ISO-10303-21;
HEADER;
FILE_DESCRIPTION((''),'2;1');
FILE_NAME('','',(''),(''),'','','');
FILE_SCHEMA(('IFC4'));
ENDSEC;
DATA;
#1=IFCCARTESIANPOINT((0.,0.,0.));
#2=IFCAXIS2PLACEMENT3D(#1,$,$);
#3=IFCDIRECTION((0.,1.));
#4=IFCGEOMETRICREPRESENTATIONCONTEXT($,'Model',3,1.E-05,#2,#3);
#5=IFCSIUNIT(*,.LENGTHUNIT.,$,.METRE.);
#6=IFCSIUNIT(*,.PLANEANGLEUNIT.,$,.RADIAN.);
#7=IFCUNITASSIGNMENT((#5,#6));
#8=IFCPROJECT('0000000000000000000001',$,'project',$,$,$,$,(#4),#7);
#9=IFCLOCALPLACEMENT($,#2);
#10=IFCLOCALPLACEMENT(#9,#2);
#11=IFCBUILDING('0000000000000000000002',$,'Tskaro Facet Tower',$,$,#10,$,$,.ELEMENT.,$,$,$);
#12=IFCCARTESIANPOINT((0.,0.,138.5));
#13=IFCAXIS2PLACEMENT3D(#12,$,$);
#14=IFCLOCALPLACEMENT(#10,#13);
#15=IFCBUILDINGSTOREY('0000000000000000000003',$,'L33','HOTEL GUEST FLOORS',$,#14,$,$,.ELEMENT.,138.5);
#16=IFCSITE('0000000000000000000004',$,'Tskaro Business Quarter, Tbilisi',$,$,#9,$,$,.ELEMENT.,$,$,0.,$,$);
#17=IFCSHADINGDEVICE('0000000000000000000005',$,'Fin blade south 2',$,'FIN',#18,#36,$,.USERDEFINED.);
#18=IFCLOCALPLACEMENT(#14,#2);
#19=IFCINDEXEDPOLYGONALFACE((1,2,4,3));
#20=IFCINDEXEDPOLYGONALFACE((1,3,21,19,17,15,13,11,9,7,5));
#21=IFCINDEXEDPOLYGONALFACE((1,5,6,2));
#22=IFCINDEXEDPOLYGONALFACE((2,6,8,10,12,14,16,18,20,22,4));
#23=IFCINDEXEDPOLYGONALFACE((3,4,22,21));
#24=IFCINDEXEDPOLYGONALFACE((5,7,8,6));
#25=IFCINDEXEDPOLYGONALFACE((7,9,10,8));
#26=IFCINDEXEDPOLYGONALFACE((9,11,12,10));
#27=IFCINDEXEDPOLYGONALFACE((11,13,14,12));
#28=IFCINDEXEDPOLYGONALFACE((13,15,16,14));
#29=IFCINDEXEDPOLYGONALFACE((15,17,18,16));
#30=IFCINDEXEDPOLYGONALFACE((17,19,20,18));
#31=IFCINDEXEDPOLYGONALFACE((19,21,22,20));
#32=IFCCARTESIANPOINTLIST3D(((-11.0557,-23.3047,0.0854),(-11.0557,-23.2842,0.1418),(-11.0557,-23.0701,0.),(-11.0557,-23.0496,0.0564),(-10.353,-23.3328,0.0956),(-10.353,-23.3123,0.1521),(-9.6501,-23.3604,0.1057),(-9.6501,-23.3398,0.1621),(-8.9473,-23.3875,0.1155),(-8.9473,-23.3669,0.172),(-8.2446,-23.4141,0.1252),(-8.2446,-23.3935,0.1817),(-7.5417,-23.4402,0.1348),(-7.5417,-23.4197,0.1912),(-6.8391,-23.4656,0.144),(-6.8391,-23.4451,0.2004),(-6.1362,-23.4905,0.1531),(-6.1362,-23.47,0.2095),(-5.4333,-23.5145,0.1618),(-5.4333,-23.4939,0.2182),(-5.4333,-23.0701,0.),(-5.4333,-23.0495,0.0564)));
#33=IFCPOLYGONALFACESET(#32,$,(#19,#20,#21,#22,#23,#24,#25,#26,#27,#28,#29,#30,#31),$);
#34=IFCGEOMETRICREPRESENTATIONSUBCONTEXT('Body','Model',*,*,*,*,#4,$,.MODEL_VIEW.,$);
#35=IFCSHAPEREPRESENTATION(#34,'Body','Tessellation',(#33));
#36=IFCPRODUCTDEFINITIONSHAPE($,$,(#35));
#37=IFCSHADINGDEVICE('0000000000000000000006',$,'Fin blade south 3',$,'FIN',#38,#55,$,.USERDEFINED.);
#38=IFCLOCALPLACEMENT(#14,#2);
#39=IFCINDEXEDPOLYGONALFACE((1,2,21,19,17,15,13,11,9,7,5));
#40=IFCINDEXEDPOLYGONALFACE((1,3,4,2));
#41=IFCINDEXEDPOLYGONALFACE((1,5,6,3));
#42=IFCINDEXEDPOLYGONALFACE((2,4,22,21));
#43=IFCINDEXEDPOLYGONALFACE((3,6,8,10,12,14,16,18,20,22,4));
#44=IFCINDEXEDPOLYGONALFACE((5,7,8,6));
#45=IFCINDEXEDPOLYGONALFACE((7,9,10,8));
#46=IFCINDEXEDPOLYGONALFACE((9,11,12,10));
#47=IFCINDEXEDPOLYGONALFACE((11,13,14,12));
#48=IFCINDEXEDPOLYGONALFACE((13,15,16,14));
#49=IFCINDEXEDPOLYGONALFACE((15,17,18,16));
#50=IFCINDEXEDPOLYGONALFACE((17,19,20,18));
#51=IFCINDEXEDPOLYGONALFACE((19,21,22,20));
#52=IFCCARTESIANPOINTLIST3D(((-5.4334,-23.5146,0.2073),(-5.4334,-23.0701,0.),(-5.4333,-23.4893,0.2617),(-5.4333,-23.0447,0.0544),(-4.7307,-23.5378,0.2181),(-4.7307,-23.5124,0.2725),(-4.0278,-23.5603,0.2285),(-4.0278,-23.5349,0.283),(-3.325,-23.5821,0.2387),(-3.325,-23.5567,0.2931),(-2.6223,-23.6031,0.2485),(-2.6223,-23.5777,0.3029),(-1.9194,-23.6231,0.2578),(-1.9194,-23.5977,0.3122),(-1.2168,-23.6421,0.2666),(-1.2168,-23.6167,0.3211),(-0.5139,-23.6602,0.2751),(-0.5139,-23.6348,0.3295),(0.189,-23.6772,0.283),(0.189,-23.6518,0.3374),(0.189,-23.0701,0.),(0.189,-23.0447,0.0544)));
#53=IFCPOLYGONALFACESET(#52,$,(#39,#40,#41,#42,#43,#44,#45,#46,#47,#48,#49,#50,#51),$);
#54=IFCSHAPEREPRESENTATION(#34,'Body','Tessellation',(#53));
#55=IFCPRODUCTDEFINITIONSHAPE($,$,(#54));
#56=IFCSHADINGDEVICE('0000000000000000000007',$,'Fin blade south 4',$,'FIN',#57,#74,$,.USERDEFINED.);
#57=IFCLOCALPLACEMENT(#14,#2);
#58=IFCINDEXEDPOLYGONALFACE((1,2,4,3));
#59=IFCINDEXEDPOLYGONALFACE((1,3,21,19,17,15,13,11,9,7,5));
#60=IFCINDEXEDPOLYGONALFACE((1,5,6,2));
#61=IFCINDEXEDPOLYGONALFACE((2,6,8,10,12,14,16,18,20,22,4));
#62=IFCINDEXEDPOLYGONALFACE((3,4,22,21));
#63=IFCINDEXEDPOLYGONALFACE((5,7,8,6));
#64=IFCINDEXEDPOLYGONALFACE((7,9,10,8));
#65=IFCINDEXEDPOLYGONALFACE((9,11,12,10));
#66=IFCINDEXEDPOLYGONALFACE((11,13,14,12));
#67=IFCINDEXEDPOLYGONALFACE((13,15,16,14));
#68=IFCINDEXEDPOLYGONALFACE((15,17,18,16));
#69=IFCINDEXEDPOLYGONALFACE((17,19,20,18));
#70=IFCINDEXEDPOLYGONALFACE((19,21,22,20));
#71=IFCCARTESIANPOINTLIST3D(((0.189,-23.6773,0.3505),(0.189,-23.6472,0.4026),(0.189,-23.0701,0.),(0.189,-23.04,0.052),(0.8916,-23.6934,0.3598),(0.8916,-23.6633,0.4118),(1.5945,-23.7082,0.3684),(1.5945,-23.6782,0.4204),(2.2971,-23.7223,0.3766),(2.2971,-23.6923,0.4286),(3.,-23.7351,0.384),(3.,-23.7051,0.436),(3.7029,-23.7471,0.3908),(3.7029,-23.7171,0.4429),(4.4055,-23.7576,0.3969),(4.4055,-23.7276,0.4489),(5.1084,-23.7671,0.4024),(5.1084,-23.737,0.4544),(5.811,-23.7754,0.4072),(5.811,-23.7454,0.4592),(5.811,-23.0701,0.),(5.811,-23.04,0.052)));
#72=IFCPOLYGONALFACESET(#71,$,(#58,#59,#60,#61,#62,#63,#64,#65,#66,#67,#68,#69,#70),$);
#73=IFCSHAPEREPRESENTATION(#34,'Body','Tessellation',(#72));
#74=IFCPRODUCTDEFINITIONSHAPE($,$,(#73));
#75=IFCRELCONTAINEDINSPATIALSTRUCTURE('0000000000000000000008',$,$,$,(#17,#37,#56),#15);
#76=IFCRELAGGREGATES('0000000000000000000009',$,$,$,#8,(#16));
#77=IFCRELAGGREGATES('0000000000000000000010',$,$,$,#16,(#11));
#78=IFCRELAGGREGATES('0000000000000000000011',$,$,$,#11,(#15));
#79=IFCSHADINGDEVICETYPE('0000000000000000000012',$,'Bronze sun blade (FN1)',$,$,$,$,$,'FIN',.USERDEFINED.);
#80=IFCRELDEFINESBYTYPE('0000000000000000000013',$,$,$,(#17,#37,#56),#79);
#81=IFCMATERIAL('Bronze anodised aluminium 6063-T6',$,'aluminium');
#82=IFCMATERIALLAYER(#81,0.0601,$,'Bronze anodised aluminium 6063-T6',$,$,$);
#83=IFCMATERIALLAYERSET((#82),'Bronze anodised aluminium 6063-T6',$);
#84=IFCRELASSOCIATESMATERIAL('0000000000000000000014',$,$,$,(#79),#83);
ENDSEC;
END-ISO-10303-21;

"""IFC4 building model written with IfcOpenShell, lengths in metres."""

from ifc_helpers import new_model, si_unit, direction, frame, origin, place, context, subcontext, project, spatial, polyline, outline, extrude, material, layer, layer_set, type_object, element, save


model = new_model("IFC4")

# Units and contexts
model_context = context("Model", 3, precision=1e-05, world=origin(), true_north=direction((0.0, 1.0)))
body_context = subcontext(model_context, "Body", "Model", "MODEL_VIEW")
ifc_project = project(units=[si_unit("LENGTHUNIT", "METRE"), si_unit("PLANEANGLEUNIT", "RADIAN")], contexts=[model_context])

# Site, building, storey
site_placement = place(None, origin())
site = spatial("IfcSite", under=ifc_project, at=site_placement, Name="Tskaro Business Quarter, Tbilisi", CompositionType="ELEMENT", RefElevation=0.0)
building_placement = place(site_placement, origin())
building = spatial("IfcBuilding", under=site, at=building_placement, Name="Tskaro Facet Tower", CompositionType="ELEMENT")
storey_placement = place(building_placement, frame((0.0, 0.0, 138.5)))
storey = spatial("IfcBuildingStorey", under=building, at=storey_placement, Name="L33", Description="HOTEL GUEST FLOORS", CompositionType="ELEMENT", Elevation=138.5)

# Shared definitions
ifc_material_1 = material(Name="Bronze anodised aluminium 6063-T6", Category="aluminium")

# Shading devices
ifc_layer_1 = layer(ifc_material_1, 0.0601, Name="Bronze anodised aluminium 6063-T6")
ifc_layer_set_1 = layer_set([ifc_layer_1], Name="Bronze anodised aluminium 6063-T6")
shading_device_type = type_object("IfcShadingDeviceType", Name="Bronze sun blade (FN1)", ElementType="FIN", PredefinedType="USERDEFINED", material=ifc_layer_set_1)
shading_device_1_placement = place(storey_placement, frame((-11.0557, -23.0496, 0.0564), z_axis=(-0.000006, 0.342156, 0.939643), x_axis=(1.0, 0.000002, 0.000006)))
element("IfcShadingDevice", 1, at=shading_device_1_placement, inside=storey, type_object=shading_device_type, Name="Fin blade south 2", ObjectType="FIN", PredefinedType="USERDEFINED", context=body_context, shape_type="SweptSolid", body=[
    extrude(outline(polyline([(0.0, 0.0), (5.6223, 0.0), (5.6223, -0.4729), (4.9194, -0.4474), (4.2166, -0.4209), (3.5139, -0.3939), (2.811, -0.3661), (2.1084, -0.3377), (1.4055, -0.3089), (0.7026, -0.2796), (0.0, -0.2497), (0.0, 0.0)])), origin(), (0.0, 0.0, -1.0), 0.0601),
])
shading_device_2_placement = place(storey_placement, frame((-5.4333, -23.0447, 0.0544), z_axis=(0.000011, 0.42254, 0.906344), x_axis=(1.0, -0.000005, -0.00001)))
element("IfcShadingDevice", 2, at=shading_device_2_placement, inside=storey, type_object=shading_device_type, Name="Fin blade south 3", ObjectType="FIN", PredefinedType="USERDEFINED", context=body_context, shape_type="SweptSolid", body=[
    extrude(outline(polyline([(0.0, 0.0), (5.6223, 0.0), (5.6223, -0.6699), (4.9194, -0.6511), (4.2166, -0.6311), (3.5139, -0.6101), (2.811, -0.5881), (2.1084, -0.5649), (1.4055, -0.5409), (0.7026, -0.5161), (0.0, -0.4905), (0.0, 0.0)])), origin(), (0.0, 0.0, -1.0), 0.0601),
])
shading_device_3_placement = place(storey_placement, frame((0.189, -23.04, 0.052), z_axis=(0.000001, 0.499982, 0.866036), x_axis=(1.0, -0.000001, -0.000001)))
element("IfcShadingDevice", 3, at=shading_device_3_placement, inside=storey, type_object=shading_device_type, Name="Fin blade south 4", ObjectType="FIN", PredefinedType="USERDEFINED", context=body_context, shape_type="SweptSolid", body=[
    extrude(outline(polyline([(0.0, 0.0), (5.6221, 0.0), (5.6221, -0.8144), (4.9194, -0.8048), (4.2166, -0.7939), (3.5139, -0.7817), (2.811, -0.768), (2.1082, -0.7532), (1.4055, -0.7369), (0.7026, -0.7197), (0.0, -0.7011), (0.0, 0.0)])), origin(), (0.0, 0.0, -1.0), 0.0601),
])

save(model, "model.ifc")
